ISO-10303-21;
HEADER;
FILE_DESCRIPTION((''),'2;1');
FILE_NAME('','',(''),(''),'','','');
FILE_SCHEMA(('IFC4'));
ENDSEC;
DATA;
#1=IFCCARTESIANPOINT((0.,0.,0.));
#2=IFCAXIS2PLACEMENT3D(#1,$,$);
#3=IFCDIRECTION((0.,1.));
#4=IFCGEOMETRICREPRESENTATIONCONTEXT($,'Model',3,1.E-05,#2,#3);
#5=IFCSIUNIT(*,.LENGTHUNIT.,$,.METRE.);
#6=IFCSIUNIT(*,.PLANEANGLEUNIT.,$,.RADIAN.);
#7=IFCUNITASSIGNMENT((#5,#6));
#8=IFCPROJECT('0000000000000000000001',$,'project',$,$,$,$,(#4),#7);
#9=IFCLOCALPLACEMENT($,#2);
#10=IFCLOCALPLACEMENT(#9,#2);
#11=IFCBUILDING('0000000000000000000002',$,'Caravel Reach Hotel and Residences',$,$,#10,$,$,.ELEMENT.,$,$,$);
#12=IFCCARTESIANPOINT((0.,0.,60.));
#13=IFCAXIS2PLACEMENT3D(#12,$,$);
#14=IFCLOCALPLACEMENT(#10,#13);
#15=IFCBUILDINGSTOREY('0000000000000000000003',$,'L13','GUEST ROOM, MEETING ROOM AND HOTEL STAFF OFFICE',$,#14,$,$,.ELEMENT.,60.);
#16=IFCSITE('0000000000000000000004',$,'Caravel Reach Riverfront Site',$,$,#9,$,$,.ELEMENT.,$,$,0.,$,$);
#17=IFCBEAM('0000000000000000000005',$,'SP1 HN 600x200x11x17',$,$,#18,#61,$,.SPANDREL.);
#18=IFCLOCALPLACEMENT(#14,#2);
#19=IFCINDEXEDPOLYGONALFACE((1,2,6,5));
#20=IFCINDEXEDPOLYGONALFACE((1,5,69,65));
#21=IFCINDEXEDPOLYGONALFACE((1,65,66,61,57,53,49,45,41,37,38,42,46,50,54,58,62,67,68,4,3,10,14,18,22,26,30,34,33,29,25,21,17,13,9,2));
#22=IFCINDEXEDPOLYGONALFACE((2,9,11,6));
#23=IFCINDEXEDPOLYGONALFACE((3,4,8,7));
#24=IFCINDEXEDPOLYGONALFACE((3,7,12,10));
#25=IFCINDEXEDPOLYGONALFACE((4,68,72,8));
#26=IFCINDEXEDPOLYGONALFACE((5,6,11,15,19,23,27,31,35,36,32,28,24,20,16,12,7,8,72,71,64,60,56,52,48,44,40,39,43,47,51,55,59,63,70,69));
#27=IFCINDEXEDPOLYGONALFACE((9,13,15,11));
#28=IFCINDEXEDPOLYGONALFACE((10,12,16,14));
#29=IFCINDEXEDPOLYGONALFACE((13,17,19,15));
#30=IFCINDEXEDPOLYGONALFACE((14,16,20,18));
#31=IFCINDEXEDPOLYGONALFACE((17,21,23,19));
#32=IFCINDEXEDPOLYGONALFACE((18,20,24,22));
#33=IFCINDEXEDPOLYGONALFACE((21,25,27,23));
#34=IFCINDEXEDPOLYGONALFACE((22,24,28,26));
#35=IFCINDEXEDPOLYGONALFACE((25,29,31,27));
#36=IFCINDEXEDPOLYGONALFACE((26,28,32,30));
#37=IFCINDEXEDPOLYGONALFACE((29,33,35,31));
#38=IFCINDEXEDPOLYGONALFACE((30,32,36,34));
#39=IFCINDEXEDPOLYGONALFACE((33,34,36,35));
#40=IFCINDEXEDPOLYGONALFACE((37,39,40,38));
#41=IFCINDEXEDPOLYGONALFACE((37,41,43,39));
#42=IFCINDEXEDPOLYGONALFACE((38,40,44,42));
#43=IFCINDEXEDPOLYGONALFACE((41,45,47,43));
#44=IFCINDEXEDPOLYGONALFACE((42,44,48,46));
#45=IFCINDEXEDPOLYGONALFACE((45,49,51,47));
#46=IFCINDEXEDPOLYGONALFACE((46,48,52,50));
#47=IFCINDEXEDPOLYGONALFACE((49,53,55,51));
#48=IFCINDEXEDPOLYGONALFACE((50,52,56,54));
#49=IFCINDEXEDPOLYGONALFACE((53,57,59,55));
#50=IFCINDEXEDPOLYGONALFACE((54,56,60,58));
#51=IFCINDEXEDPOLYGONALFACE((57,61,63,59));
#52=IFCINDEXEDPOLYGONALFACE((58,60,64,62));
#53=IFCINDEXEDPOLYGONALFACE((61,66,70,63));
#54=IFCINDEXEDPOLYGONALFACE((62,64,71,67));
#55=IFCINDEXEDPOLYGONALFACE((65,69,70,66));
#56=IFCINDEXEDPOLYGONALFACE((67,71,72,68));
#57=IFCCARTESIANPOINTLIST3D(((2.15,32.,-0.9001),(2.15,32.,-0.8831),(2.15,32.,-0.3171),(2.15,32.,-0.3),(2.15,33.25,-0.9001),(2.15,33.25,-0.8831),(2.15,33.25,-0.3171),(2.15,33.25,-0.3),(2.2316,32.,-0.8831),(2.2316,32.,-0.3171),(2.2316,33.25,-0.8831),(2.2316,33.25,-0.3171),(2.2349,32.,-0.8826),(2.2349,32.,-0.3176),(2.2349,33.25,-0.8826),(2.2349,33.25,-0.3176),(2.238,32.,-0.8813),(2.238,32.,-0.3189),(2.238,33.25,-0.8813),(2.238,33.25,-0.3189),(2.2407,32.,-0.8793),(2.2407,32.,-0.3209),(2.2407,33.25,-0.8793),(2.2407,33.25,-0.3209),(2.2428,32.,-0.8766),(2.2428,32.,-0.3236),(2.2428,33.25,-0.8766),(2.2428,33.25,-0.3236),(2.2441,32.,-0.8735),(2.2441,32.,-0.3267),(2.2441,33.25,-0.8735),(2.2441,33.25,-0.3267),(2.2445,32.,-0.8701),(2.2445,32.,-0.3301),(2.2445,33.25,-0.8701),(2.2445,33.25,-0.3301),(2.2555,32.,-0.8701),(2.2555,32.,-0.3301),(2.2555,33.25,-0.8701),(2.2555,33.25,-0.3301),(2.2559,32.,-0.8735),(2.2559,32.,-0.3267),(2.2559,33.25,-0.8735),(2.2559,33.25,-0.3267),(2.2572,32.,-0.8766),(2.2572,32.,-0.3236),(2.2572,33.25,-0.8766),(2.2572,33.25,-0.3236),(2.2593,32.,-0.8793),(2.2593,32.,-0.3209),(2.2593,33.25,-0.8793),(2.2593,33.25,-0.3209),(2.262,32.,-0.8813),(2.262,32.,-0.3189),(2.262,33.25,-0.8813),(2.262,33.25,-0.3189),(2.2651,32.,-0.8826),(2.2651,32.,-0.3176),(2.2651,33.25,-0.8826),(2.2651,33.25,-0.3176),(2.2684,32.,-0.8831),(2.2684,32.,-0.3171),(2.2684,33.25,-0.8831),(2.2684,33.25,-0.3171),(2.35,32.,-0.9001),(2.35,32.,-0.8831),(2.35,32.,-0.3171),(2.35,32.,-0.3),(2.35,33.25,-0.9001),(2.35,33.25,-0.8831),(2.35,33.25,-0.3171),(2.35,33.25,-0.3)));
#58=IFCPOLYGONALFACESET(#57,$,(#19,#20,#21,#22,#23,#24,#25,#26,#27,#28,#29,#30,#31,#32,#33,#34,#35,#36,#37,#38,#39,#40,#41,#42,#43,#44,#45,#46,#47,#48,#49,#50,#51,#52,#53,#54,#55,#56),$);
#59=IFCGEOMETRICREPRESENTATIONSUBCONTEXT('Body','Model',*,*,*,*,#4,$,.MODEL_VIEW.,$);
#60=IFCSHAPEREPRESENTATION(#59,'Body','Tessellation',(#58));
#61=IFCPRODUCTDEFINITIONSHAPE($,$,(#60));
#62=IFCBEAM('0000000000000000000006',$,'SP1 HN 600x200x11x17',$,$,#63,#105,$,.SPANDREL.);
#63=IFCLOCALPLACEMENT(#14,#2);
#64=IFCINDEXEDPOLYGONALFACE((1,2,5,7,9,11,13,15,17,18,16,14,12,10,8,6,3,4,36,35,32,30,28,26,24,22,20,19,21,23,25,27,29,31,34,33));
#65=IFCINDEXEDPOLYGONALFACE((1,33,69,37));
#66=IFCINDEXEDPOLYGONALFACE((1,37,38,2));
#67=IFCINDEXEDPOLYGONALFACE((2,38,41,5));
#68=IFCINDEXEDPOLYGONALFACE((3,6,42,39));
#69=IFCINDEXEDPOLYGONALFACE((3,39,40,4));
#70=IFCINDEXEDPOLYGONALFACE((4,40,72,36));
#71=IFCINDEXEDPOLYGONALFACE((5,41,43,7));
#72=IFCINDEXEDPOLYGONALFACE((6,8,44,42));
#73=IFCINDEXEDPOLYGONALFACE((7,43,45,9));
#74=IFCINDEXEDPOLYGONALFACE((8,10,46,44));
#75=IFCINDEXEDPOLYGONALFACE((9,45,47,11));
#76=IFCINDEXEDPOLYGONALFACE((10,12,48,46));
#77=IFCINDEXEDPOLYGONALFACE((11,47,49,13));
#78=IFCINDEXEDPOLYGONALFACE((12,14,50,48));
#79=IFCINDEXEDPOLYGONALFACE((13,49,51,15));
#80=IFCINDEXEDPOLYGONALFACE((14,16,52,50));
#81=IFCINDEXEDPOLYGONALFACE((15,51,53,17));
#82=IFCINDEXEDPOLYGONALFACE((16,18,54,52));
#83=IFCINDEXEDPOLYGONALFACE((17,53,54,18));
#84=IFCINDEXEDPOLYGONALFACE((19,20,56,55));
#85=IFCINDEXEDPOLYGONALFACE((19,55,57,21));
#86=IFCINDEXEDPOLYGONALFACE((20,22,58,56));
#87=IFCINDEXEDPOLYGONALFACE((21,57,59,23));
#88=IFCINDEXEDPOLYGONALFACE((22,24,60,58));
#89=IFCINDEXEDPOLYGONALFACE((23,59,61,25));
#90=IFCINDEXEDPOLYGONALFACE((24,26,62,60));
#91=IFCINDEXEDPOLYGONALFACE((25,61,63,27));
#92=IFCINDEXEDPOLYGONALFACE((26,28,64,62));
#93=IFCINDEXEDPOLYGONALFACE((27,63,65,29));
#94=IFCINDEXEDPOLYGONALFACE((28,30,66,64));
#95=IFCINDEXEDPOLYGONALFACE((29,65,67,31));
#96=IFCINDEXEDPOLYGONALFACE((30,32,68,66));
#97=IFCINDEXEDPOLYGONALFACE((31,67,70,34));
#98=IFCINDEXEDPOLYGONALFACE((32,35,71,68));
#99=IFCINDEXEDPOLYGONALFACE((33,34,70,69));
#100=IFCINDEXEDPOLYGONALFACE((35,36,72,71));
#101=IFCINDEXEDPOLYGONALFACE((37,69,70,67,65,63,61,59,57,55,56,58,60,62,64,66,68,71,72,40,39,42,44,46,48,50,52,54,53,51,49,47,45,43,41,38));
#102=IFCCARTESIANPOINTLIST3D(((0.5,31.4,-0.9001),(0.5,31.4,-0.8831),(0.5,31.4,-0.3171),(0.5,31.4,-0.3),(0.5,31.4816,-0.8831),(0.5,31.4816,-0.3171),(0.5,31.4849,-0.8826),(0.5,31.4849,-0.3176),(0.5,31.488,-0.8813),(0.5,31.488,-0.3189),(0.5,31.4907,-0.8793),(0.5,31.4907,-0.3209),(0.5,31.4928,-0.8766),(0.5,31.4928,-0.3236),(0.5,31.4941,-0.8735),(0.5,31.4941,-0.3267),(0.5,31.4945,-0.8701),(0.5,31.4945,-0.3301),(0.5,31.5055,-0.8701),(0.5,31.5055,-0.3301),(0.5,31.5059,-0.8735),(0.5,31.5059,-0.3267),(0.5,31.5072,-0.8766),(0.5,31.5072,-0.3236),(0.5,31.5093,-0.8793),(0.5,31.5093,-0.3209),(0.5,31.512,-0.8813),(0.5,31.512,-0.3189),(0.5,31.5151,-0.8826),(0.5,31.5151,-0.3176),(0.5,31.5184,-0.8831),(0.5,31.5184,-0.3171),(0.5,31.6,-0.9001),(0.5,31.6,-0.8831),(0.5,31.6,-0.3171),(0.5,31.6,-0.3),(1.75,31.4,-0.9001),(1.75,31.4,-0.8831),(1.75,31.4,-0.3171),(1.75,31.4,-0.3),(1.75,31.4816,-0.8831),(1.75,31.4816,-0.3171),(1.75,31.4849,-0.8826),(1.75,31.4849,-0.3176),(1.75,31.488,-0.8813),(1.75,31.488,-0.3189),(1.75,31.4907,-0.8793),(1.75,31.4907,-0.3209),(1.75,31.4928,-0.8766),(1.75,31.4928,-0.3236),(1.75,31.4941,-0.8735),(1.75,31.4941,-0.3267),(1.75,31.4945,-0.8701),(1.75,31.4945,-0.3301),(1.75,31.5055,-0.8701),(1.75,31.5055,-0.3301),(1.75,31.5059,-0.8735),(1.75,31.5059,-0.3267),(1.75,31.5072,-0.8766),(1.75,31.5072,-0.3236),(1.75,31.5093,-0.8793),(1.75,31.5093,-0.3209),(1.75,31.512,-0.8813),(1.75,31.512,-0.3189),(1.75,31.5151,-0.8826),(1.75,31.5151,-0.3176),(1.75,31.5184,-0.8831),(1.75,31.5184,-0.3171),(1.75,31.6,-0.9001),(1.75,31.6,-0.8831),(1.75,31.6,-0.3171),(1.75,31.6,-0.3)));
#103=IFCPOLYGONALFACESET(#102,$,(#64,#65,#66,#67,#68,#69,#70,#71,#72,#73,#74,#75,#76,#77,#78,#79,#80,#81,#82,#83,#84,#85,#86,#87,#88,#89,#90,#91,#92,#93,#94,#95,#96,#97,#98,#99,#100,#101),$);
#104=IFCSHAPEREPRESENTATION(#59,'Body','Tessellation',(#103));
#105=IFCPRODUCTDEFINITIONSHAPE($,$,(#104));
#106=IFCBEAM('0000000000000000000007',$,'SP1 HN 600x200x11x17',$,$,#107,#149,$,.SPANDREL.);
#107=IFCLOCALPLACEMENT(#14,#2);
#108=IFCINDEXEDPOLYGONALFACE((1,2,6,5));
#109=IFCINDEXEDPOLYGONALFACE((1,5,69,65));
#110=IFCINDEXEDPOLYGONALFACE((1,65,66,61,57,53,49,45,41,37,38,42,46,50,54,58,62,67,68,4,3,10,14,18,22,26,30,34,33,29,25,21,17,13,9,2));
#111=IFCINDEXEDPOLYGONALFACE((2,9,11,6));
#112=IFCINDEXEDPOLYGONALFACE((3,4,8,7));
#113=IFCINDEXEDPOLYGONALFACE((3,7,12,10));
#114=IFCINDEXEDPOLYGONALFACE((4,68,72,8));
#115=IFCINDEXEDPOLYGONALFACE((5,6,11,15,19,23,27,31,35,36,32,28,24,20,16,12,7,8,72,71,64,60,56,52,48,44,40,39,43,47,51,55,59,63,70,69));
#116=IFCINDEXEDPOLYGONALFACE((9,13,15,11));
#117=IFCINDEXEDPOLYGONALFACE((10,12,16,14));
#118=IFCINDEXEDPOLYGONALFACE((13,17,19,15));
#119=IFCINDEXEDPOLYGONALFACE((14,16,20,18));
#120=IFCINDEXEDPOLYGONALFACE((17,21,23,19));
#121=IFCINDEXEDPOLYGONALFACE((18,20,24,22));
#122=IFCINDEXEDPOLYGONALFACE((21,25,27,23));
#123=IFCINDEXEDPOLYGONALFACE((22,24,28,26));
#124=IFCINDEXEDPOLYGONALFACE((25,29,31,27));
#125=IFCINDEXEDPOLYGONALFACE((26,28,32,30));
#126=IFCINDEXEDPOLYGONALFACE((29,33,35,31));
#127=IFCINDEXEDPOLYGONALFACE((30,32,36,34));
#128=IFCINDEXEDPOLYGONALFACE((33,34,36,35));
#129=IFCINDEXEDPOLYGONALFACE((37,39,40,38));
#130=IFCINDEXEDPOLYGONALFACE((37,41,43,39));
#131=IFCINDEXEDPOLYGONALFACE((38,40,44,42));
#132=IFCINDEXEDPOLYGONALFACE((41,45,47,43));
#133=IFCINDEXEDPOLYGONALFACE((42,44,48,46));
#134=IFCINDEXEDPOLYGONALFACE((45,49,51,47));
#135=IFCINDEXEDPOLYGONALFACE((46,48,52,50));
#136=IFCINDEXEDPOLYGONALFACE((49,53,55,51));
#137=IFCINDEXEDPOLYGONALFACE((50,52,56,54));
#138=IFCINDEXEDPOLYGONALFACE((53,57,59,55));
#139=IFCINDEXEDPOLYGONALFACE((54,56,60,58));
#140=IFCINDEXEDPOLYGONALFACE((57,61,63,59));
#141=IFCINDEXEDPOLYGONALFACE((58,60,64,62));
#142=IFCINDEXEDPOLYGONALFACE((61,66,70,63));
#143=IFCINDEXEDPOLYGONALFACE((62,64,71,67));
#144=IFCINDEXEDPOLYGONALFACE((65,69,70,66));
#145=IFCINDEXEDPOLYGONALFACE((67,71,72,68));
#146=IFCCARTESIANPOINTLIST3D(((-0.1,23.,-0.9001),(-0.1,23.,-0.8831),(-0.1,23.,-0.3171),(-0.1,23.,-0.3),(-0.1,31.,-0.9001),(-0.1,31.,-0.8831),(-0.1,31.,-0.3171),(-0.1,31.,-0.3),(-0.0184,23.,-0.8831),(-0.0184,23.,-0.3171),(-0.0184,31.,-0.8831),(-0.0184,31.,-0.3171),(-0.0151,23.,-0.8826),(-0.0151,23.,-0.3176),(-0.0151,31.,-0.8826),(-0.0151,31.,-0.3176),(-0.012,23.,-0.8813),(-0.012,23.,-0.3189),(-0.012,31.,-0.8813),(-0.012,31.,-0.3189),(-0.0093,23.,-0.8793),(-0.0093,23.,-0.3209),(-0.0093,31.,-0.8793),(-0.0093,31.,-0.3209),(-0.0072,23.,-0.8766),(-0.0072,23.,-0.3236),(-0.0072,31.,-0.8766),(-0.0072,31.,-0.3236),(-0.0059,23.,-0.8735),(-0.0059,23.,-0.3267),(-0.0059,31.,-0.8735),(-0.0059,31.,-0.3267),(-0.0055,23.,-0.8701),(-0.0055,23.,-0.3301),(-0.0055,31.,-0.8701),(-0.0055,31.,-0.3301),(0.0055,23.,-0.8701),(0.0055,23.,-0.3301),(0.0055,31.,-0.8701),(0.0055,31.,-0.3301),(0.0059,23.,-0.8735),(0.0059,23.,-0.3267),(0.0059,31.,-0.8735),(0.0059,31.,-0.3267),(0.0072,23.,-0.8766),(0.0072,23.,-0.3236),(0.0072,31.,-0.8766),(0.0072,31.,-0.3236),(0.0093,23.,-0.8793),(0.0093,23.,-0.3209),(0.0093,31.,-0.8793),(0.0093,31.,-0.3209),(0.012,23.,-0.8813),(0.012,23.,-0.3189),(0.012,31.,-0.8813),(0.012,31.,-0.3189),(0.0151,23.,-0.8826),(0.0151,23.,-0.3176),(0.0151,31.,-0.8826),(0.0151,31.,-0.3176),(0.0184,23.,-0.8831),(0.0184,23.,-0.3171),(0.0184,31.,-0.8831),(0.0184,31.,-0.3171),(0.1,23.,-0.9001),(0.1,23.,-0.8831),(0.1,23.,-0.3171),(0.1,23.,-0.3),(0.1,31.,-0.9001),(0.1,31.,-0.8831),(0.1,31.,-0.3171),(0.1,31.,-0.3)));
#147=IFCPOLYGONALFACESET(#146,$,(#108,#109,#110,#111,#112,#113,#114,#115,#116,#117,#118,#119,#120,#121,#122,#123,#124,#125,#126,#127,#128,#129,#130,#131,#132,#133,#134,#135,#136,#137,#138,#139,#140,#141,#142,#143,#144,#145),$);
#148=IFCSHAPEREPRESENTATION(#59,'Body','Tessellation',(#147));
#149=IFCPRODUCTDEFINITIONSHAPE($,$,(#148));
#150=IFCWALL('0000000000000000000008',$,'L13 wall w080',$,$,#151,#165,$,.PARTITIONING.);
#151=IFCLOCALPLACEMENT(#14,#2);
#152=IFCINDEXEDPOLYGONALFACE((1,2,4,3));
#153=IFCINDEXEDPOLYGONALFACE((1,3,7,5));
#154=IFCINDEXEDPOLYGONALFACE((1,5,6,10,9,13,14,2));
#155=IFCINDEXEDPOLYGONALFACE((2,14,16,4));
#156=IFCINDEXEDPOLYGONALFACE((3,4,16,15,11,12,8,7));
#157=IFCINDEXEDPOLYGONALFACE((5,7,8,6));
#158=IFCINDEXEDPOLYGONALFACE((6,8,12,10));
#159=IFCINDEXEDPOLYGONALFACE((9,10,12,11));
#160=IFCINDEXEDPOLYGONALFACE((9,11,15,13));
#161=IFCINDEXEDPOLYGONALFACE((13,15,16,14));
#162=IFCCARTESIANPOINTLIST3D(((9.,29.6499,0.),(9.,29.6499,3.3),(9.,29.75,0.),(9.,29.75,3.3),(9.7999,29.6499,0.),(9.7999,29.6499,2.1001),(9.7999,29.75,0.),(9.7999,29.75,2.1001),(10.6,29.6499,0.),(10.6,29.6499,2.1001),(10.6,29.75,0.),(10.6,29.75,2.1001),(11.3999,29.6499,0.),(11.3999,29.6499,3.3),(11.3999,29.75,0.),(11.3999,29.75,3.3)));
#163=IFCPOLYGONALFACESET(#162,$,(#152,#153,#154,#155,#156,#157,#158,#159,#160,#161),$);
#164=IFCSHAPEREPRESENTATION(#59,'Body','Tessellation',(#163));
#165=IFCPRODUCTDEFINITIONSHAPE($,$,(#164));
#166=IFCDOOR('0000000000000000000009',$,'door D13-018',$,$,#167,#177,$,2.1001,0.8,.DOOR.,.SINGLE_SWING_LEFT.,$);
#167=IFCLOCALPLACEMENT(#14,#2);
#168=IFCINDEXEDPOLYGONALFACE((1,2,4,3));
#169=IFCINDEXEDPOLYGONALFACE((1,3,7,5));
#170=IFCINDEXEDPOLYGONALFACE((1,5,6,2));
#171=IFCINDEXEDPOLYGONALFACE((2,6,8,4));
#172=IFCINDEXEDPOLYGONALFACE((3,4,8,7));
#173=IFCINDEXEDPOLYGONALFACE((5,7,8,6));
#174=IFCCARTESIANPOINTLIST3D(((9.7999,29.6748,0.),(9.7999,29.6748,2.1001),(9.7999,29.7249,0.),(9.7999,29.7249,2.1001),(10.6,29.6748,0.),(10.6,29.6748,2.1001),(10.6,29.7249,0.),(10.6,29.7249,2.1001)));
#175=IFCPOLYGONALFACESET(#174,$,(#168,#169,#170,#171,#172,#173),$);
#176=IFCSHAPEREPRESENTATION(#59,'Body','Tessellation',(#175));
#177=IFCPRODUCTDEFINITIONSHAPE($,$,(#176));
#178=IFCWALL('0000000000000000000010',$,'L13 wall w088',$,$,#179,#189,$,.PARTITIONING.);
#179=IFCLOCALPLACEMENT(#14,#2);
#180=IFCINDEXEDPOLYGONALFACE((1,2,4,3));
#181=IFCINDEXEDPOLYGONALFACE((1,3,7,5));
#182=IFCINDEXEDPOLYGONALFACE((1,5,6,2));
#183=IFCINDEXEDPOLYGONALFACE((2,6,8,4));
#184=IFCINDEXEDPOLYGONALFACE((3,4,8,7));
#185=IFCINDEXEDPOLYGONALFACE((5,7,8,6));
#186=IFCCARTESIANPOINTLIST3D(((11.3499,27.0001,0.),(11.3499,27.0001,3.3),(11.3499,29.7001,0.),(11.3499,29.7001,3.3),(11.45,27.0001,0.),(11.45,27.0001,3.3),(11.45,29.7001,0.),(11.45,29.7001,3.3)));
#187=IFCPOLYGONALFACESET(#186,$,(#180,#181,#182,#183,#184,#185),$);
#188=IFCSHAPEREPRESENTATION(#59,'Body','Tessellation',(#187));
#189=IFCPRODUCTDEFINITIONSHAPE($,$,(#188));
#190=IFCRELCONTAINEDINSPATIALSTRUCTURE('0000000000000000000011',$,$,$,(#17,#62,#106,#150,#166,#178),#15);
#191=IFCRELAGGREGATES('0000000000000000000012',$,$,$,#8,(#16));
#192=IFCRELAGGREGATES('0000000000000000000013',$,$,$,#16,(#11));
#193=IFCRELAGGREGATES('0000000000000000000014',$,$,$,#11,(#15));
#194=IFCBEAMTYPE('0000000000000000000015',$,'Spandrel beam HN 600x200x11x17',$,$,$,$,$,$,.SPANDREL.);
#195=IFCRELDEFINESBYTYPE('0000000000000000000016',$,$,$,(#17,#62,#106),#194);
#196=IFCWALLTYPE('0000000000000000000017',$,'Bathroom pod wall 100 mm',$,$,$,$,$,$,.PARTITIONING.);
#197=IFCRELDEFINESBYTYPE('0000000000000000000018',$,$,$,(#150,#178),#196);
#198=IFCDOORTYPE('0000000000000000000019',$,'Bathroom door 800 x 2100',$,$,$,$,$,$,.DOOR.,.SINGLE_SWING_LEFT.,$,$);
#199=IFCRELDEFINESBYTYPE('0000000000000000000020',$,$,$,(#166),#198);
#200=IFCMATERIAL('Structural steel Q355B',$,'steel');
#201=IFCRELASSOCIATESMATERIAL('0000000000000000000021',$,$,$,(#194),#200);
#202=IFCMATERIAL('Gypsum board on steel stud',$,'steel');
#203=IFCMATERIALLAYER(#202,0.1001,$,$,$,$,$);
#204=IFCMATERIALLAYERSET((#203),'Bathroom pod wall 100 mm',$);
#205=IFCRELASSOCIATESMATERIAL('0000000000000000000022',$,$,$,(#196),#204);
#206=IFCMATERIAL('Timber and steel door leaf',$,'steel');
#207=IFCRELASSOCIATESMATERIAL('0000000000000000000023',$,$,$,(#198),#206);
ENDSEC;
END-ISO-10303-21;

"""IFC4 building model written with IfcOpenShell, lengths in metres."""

from ifc_helpers import new_model, si_unit, direction, frame, frame_2d, origin, origin_2d, place, context, subcontext, project, spatial, rectangle, i_section, extrude, material, layer, layer_set, material_profile, profile_set, type_object, element, fill, save


model = new_model("IFC4")

# Units and contexts
model_context = context("Model", 3, precision=1e-05, world=origin(), true_north=direction((0.0, 1.0)))
body_context = subcontext(model_context, "Body", "Model", "MODEL_VIEW")
ifc_project = project(units=[si_unit("LENGTHUNIT", "METRE"), si_unit("PLANEANGLEUNIT", "RADIAN")], contexts=[model_context])

# Site, building, storey
site_placement = place(None, origin())
site = spatial("IfcSite", under=ifc_project, at=site_placement, Name="Caravel Reach Riverfront Site", CompositionType="ELEMENT", RefElevation=0.0)
building_placement = place(site_placement, origin())
building = spatial("IfcBuilding", under=site, at=building_placement, Name="Caravel Reach Hotel and Residences", CompositionType="ELEMENT")
storey_placement = place(building_placement, frame((0.0, 0.0, 60.0)))
storey = spatial("IfcBuildingStorey", under=building, at=storey_placement, Name="L13", Description="GUEST ROOM, MEETING ROOM AND HOTEL STAFF OFFICE", CompositionType="ELEMENT", Elevation=60.0)

# Beams
ifc_material_1 = material(Name="Structural steel Q355B", Category="steel")
ifc_material_profile_1 = material_profile(ifc_material_1, i_section(OverallWidth=0.2, OverallDepth=0.6001, WebThickness=0.011, FlangeThickness=0.0171, FilletRadius=0.0129, at=origin_2d()), Name="HN 600x200x11x17")
ifc_profile_set_1 = profile_set([ifc_material_profile_1], Name="Structural steel Q355B")
beam_type = type_object("IfcBeamType", Name="Spandrel beam HN 600x200x11x17", PredefinedType="SPANDREL", material=ifc_profile_set_1)
for number, where, z_axis, x_axis, name in (
    (1, (2.25, 33.25, -0.6001), (0.0, -1.0, 0.0), (1.0, 0.0, 0.0), "SP1 HN 600x200x11x17"),
    (2, (1.75, 31.5, -0.6001), (-1.0, 0.0, 0.0), (0.0, -1.0, 0.0), "SP1 HN 600x200x11x17"),
):
    element("IfcBeam", number, at=place(storey_placement, frame(where, z_axis=z_axis, x_axis=x_axis)), inside=storey, type_object=beam_type, Name=name, PredefinedType="SPANDREL", context=body_context, shape_type="SweptSolid", body=[
        extrude(i_section(OverallWidth=0.2, OverallDepth=0.6001, WebThickness=0.011, FlangeThickness=0.0171, FilletRadius=0.0129, at=origin_2d()), origin(), (0.0, 0.0, 1.0), 1.25),
    ])
beam_placement = place(storey_placement, frame((0.0, 31.0, -0.6001), z_axis=(0.0, -1.0, 0.0), x_axis=(1.0, 0.0, 0.0)))
element("IfcBeam", 3, at=beam_placement, inside=storey, type_object=beam_type, Name="SP1 HN 600x200x11x17", PredefinedType="SPANDREL", context=body_context, shape_type="SweptSolid", body=[
    extrude(i_section(OverallWidth=0.2, OverallDepth=0.6001, WebThickness=0.011, FlangeThickness=0.0171, FilletRadius=0.0129, at=origin_2d()), origin(), (0.0, 0.0, 1.0), 8.0),
])

# Wall, opening, door
ifc_material_2 = material(Name="Gypsum board on steel stud", Category="steel")
ifc_layer_1 = layer(ifc_material_2, 0.1001)
ifc_layer_set_1 = layer_set([ifc_layer_1], Name="Bathroom pod wall 100 mm")
wall_type_1 = type_object("IfcWallType", Name="Bathroom pod wall 100 mm", PredefinedType="PARTITIONING", material=ifc_layer_set_1)
wall_1_placement = place(storey_placement, frame((9.0, 29.7, 0.0), z_axis=(0.0, 0.0, 1.0), x_axis=(1.0, 0.0, 0.0)))
wall_1 = element("IfcWall", 4, at=wall_1_placement, inside=storey, type_object=wall_type_1, Name="L13 wall w080", PredefinedType="PARTITIONING", context=body_context, shape_type="SweptSolid", body=[
    extrude(rectangle(XDim=2.3999, YDim=0.1001, at=frame_2d((1.2, 0.0))), origin(), (0.0, 0.0, 1.0), 3.3),
])
opening_1_placement = place(wall_1_placement, frame((0.8, 0.0, 0.0)))
opening_1 = element("IfcOpeningElement", 5, at=opening_1_placement, cuts=wall_1, PredefinedType="OPENING", context=body_context, shape_type="SweptSolid", body=[
    extrude(rectangle(XDim=0.8, YDim=2.1001, at=frame_2d((0.3999, 1.05))), frame((0.0, 0.0601, 0.0), z_axis=(0.0, -1.0, 0.0), x_axis=(1.0, 0.0, 0.0)), (0.0, 0.0, 1.0), 0.1201),
])
ifc_material_3 = material(Name="Timber and steel door leaf", Category="steel")
door_type_1 = type_object("IfcDoorType", Name="Bathroom door 800 x 2100", OperationType="SINGLE_SWING_LEFT", PredefinedType="DOOR", material=ifc_material_3)
door_1_placement = place(opening_1_placement, origin())
door_1 = element("IfcDoor", 6, at=door_1_placement, inside=storey, type_object=door_type_1, Name="door D13-018", OperationType="SINGLE_SWING_LEFT", OverallHeight=2.1001, OverallWidth=0.8, PredefinedType="DOOR", context=body_context, shape_type="SweptSolid", body=[
    extrude(rectangle(XDim=0.8, YDim=2.1001, at=frame_2d((0.3999, 1.05))), frame((0.0, 0.0249, 0.0), z_axis=(0.0, -1.0, 0.0), x_axis=(1.0, 0.0, 0.0)), (0.0, 0.0, 1.0), 0.05),
])
fill(opening_1, door_1)

# Wall
wall_2_placement = place(storey_placement, frame((11.3999, 27.0, 0.0), z_axis=(0.0, 0.0, 1.0), x_axis=(0.0, 1.0, 0.0)))
element("IfcWall", 7, at=wall_2_placement, inside=storey, type_object=wall_type_1, Name="L13 wall w088", PredefinedType="PARTITIONING", context=body_context, shape_type="SweptSolid", body=[
    extrude(rectangle(XDim=2.7, YDim=0.1001, at=frame_2d((1.3501, 0.0))), origin(), (0.0, 0.0, 1.0), 3.3),
])

save(model, "model.ifc")
